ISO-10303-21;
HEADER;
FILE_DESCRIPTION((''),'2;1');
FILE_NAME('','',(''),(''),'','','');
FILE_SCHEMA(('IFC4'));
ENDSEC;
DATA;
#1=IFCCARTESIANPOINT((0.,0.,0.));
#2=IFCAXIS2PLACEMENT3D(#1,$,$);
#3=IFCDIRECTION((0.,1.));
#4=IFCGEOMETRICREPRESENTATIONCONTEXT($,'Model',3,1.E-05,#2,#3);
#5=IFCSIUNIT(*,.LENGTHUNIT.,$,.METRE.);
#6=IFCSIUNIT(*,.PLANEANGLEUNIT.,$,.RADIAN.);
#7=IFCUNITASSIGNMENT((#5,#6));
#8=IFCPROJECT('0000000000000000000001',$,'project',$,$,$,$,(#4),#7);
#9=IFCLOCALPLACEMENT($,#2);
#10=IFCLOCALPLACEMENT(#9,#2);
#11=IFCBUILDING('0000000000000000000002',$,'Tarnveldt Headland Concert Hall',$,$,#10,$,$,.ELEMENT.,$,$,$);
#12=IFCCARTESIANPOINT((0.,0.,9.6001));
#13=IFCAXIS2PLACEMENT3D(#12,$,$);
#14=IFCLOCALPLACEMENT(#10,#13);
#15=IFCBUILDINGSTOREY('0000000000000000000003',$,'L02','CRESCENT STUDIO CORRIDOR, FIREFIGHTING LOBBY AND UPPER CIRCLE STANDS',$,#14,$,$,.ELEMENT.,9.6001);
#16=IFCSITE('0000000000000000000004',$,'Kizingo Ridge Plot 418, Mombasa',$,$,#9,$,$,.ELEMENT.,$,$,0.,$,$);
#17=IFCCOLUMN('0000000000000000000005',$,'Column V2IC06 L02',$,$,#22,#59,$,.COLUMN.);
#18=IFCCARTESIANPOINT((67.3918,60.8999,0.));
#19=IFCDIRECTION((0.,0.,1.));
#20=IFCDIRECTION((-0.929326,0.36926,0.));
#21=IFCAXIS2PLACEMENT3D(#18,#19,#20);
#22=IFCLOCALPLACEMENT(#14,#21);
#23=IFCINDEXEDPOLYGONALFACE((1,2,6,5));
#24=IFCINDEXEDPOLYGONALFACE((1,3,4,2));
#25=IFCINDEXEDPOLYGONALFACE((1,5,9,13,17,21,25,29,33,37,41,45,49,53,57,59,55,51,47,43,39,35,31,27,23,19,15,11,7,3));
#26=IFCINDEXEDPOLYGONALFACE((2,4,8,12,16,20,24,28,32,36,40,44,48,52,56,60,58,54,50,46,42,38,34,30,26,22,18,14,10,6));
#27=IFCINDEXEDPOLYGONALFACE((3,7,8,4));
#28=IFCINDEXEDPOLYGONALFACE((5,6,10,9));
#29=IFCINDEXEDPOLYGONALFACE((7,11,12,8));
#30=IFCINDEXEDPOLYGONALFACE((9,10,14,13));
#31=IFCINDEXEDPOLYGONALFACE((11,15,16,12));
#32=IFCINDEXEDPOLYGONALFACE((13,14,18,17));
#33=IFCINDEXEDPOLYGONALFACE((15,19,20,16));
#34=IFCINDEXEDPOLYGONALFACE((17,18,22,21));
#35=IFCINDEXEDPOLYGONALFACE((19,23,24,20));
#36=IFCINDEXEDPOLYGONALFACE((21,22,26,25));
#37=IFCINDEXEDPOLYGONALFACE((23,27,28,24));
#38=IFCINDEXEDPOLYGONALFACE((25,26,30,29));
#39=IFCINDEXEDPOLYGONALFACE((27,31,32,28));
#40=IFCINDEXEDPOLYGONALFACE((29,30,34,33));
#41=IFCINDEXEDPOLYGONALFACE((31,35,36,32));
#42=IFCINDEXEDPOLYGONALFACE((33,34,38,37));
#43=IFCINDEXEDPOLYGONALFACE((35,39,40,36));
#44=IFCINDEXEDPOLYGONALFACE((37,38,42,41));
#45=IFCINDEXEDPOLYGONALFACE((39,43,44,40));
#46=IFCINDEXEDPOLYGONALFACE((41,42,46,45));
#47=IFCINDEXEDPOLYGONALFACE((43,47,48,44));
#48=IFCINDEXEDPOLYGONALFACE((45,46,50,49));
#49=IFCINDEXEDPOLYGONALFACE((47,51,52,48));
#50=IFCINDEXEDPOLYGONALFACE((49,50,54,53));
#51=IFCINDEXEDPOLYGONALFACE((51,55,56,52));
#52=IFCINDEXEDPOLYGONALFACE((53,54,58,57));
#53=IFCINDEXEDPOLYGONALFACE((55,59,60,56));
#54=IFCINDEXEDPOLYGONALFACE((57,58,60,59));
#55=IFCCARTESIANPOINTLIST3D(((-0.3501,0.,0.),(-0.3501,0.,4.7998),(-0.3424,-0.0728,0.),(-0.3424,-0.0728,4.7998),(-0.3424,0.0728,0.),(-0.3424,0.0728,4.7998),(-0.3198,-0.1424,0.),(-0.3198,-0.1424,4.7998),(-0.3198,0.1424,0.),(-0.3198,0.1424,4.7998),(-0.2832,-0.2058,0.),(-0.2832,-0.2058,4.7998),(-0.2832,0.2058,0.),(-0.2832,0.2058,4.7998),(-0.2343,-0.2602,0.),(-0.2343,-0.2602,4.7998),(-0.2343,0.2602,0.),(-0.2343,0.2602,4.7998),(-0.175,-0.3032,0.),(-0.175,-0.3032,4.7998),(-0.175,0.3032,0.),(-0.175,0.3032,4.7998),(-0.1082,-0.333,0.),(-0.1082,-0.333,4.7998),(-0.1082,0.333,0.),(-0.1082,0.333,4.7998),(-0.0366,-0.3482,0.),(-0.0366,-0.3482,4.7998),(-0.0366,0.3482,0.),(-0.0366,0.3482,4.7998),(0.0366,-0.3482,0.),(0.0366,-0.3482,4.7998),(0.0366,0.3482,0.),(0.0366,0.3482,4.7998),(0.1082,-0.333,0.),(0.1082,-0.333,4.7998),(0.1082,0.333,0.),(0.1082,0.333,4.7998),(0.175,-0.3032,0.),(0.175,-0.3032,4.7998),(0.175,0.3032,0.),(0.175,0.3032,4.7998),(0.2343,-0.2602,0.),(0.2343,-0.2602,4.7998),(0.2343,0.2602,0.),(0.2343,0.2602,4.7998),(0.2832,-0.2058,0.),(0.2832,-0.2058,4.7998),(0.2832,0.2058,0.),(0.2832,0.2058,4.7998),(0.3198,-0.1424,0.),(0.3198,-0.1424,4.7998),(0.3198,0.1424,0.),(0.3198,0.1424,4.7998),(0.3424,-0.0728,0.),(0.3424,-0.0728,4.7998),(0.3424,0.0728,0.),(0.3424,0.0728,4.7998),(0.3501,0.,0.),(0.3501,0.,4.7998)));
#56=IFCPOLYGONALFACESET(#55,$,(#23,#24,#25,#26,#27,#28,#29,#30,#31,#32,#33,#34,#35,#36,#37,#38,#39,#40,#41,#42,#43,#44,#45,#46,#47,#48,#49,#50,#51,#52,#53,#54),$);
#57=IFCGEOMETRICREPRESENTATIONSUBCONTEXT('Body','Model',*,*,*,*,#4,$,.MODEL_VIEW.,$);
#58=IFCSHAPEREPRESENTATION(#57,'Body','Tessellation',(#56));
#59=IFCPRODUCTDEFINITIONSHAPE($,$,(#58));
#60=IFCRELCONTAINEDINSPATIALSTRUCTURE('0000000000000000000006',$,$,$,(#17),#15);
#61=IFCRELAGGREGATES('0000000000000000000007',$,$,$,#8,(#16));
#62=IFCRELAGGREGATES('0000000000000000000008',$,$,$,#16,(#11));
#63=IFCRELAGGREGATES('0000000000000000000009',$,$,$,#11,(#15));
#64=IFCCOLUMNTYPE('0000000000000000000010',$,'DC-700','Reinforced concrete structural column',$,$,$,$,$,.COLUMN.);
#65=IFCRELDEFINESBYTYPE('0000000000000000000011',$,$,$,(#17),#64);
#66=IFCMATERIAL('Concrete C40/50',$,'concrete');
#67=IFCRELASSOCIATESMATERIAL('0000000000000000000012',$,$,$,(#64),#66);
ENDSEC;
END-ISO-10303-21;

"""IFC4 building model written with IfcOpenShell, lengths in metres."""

from ifc_helpers import new_model, si_unit, direction, frame, origin, origin_2d, place, context, subcontext, project, spatial, circle, extrude, material, material_profile, profile_set, type_object, element, save


model = new_model("IFC4")

# Units and contexts
model_context = context("Model", 3, precision=1e-05, world=origin(), true_north=direction((0.0, 1.0)))
body_context = subcontext(model_context, "Body", "Model", "MODEL_VIEW")
ifc_project = project(units=[si_unit("LENGTHUNIT", "METRE"), si_unit("PLANEANGLEUNIT", "RADIAN")], contexts=[model_context])

# Site, building, storey
site_placement = place(None, origin())
site = spatial("IfcSite", under=ifc_project, at=site_placement, Name="Kizingo Ridge Plot 418, Mombasa", CompositionType="ELEMENT", RefElevation=0.0)
building_placement = place(site_placement, origin())
building = spatial("IfcBuilding", under=site, at=building_placement, Name="Tarnveldt Headland Concert Hall", CompositionType="ELEMENT")
storey_placement = place(building_placement, frame((0.0, 0.0, 9.6001)))
storey = spatial("IfcBuildingStorey", under=building, at=storey_placement, Name="L02", Description="CRESCENT STUDIO CORRIDOR, FIREFIGHTING LOBBY AND UPPER CIRCLE STANDS", CompositionType="ELEMENT", Elevation=9.6001)

# Column
ifc_material_1 = material(Name="Concrete C40/50", Category="concrete")
ifc_material_profile_1 = material_profile(ifc_material_1, circle(Radius=0.3501, at=origin_2d()), Name="RC D700", Category="concrete")
ifc_profile_set_1 = profile_set([ifc_material_profile_1], Name="Concrete C40/50")
column_type = type_object("IfcColumnType", Name="DC-700", Description="Reinforced concrete structural column", PredefinedType="COLUMN", material=ifc_profile_set_1)
column_placement = place(storey_placement, frame((67.3918, 60.8999, 0.0), z_axis=(0.0, 0.0, 1.0), x_axis=(-0.929326, 0.36926, 0.0)))
element("IfcColumn", 1, at=column_placement, inside=storey, type_object=column_type, Name="Column V2IC06 L02", PredefinedType="COLUMN", context=body_context, shape_type="SweptSolid", body=[
    extrude(circle(Radius=0.3501, at=origin_2d()), origin(), (0.0, 0.0, 1.0), 4.7998),
])

save(model, "model.ifc")
